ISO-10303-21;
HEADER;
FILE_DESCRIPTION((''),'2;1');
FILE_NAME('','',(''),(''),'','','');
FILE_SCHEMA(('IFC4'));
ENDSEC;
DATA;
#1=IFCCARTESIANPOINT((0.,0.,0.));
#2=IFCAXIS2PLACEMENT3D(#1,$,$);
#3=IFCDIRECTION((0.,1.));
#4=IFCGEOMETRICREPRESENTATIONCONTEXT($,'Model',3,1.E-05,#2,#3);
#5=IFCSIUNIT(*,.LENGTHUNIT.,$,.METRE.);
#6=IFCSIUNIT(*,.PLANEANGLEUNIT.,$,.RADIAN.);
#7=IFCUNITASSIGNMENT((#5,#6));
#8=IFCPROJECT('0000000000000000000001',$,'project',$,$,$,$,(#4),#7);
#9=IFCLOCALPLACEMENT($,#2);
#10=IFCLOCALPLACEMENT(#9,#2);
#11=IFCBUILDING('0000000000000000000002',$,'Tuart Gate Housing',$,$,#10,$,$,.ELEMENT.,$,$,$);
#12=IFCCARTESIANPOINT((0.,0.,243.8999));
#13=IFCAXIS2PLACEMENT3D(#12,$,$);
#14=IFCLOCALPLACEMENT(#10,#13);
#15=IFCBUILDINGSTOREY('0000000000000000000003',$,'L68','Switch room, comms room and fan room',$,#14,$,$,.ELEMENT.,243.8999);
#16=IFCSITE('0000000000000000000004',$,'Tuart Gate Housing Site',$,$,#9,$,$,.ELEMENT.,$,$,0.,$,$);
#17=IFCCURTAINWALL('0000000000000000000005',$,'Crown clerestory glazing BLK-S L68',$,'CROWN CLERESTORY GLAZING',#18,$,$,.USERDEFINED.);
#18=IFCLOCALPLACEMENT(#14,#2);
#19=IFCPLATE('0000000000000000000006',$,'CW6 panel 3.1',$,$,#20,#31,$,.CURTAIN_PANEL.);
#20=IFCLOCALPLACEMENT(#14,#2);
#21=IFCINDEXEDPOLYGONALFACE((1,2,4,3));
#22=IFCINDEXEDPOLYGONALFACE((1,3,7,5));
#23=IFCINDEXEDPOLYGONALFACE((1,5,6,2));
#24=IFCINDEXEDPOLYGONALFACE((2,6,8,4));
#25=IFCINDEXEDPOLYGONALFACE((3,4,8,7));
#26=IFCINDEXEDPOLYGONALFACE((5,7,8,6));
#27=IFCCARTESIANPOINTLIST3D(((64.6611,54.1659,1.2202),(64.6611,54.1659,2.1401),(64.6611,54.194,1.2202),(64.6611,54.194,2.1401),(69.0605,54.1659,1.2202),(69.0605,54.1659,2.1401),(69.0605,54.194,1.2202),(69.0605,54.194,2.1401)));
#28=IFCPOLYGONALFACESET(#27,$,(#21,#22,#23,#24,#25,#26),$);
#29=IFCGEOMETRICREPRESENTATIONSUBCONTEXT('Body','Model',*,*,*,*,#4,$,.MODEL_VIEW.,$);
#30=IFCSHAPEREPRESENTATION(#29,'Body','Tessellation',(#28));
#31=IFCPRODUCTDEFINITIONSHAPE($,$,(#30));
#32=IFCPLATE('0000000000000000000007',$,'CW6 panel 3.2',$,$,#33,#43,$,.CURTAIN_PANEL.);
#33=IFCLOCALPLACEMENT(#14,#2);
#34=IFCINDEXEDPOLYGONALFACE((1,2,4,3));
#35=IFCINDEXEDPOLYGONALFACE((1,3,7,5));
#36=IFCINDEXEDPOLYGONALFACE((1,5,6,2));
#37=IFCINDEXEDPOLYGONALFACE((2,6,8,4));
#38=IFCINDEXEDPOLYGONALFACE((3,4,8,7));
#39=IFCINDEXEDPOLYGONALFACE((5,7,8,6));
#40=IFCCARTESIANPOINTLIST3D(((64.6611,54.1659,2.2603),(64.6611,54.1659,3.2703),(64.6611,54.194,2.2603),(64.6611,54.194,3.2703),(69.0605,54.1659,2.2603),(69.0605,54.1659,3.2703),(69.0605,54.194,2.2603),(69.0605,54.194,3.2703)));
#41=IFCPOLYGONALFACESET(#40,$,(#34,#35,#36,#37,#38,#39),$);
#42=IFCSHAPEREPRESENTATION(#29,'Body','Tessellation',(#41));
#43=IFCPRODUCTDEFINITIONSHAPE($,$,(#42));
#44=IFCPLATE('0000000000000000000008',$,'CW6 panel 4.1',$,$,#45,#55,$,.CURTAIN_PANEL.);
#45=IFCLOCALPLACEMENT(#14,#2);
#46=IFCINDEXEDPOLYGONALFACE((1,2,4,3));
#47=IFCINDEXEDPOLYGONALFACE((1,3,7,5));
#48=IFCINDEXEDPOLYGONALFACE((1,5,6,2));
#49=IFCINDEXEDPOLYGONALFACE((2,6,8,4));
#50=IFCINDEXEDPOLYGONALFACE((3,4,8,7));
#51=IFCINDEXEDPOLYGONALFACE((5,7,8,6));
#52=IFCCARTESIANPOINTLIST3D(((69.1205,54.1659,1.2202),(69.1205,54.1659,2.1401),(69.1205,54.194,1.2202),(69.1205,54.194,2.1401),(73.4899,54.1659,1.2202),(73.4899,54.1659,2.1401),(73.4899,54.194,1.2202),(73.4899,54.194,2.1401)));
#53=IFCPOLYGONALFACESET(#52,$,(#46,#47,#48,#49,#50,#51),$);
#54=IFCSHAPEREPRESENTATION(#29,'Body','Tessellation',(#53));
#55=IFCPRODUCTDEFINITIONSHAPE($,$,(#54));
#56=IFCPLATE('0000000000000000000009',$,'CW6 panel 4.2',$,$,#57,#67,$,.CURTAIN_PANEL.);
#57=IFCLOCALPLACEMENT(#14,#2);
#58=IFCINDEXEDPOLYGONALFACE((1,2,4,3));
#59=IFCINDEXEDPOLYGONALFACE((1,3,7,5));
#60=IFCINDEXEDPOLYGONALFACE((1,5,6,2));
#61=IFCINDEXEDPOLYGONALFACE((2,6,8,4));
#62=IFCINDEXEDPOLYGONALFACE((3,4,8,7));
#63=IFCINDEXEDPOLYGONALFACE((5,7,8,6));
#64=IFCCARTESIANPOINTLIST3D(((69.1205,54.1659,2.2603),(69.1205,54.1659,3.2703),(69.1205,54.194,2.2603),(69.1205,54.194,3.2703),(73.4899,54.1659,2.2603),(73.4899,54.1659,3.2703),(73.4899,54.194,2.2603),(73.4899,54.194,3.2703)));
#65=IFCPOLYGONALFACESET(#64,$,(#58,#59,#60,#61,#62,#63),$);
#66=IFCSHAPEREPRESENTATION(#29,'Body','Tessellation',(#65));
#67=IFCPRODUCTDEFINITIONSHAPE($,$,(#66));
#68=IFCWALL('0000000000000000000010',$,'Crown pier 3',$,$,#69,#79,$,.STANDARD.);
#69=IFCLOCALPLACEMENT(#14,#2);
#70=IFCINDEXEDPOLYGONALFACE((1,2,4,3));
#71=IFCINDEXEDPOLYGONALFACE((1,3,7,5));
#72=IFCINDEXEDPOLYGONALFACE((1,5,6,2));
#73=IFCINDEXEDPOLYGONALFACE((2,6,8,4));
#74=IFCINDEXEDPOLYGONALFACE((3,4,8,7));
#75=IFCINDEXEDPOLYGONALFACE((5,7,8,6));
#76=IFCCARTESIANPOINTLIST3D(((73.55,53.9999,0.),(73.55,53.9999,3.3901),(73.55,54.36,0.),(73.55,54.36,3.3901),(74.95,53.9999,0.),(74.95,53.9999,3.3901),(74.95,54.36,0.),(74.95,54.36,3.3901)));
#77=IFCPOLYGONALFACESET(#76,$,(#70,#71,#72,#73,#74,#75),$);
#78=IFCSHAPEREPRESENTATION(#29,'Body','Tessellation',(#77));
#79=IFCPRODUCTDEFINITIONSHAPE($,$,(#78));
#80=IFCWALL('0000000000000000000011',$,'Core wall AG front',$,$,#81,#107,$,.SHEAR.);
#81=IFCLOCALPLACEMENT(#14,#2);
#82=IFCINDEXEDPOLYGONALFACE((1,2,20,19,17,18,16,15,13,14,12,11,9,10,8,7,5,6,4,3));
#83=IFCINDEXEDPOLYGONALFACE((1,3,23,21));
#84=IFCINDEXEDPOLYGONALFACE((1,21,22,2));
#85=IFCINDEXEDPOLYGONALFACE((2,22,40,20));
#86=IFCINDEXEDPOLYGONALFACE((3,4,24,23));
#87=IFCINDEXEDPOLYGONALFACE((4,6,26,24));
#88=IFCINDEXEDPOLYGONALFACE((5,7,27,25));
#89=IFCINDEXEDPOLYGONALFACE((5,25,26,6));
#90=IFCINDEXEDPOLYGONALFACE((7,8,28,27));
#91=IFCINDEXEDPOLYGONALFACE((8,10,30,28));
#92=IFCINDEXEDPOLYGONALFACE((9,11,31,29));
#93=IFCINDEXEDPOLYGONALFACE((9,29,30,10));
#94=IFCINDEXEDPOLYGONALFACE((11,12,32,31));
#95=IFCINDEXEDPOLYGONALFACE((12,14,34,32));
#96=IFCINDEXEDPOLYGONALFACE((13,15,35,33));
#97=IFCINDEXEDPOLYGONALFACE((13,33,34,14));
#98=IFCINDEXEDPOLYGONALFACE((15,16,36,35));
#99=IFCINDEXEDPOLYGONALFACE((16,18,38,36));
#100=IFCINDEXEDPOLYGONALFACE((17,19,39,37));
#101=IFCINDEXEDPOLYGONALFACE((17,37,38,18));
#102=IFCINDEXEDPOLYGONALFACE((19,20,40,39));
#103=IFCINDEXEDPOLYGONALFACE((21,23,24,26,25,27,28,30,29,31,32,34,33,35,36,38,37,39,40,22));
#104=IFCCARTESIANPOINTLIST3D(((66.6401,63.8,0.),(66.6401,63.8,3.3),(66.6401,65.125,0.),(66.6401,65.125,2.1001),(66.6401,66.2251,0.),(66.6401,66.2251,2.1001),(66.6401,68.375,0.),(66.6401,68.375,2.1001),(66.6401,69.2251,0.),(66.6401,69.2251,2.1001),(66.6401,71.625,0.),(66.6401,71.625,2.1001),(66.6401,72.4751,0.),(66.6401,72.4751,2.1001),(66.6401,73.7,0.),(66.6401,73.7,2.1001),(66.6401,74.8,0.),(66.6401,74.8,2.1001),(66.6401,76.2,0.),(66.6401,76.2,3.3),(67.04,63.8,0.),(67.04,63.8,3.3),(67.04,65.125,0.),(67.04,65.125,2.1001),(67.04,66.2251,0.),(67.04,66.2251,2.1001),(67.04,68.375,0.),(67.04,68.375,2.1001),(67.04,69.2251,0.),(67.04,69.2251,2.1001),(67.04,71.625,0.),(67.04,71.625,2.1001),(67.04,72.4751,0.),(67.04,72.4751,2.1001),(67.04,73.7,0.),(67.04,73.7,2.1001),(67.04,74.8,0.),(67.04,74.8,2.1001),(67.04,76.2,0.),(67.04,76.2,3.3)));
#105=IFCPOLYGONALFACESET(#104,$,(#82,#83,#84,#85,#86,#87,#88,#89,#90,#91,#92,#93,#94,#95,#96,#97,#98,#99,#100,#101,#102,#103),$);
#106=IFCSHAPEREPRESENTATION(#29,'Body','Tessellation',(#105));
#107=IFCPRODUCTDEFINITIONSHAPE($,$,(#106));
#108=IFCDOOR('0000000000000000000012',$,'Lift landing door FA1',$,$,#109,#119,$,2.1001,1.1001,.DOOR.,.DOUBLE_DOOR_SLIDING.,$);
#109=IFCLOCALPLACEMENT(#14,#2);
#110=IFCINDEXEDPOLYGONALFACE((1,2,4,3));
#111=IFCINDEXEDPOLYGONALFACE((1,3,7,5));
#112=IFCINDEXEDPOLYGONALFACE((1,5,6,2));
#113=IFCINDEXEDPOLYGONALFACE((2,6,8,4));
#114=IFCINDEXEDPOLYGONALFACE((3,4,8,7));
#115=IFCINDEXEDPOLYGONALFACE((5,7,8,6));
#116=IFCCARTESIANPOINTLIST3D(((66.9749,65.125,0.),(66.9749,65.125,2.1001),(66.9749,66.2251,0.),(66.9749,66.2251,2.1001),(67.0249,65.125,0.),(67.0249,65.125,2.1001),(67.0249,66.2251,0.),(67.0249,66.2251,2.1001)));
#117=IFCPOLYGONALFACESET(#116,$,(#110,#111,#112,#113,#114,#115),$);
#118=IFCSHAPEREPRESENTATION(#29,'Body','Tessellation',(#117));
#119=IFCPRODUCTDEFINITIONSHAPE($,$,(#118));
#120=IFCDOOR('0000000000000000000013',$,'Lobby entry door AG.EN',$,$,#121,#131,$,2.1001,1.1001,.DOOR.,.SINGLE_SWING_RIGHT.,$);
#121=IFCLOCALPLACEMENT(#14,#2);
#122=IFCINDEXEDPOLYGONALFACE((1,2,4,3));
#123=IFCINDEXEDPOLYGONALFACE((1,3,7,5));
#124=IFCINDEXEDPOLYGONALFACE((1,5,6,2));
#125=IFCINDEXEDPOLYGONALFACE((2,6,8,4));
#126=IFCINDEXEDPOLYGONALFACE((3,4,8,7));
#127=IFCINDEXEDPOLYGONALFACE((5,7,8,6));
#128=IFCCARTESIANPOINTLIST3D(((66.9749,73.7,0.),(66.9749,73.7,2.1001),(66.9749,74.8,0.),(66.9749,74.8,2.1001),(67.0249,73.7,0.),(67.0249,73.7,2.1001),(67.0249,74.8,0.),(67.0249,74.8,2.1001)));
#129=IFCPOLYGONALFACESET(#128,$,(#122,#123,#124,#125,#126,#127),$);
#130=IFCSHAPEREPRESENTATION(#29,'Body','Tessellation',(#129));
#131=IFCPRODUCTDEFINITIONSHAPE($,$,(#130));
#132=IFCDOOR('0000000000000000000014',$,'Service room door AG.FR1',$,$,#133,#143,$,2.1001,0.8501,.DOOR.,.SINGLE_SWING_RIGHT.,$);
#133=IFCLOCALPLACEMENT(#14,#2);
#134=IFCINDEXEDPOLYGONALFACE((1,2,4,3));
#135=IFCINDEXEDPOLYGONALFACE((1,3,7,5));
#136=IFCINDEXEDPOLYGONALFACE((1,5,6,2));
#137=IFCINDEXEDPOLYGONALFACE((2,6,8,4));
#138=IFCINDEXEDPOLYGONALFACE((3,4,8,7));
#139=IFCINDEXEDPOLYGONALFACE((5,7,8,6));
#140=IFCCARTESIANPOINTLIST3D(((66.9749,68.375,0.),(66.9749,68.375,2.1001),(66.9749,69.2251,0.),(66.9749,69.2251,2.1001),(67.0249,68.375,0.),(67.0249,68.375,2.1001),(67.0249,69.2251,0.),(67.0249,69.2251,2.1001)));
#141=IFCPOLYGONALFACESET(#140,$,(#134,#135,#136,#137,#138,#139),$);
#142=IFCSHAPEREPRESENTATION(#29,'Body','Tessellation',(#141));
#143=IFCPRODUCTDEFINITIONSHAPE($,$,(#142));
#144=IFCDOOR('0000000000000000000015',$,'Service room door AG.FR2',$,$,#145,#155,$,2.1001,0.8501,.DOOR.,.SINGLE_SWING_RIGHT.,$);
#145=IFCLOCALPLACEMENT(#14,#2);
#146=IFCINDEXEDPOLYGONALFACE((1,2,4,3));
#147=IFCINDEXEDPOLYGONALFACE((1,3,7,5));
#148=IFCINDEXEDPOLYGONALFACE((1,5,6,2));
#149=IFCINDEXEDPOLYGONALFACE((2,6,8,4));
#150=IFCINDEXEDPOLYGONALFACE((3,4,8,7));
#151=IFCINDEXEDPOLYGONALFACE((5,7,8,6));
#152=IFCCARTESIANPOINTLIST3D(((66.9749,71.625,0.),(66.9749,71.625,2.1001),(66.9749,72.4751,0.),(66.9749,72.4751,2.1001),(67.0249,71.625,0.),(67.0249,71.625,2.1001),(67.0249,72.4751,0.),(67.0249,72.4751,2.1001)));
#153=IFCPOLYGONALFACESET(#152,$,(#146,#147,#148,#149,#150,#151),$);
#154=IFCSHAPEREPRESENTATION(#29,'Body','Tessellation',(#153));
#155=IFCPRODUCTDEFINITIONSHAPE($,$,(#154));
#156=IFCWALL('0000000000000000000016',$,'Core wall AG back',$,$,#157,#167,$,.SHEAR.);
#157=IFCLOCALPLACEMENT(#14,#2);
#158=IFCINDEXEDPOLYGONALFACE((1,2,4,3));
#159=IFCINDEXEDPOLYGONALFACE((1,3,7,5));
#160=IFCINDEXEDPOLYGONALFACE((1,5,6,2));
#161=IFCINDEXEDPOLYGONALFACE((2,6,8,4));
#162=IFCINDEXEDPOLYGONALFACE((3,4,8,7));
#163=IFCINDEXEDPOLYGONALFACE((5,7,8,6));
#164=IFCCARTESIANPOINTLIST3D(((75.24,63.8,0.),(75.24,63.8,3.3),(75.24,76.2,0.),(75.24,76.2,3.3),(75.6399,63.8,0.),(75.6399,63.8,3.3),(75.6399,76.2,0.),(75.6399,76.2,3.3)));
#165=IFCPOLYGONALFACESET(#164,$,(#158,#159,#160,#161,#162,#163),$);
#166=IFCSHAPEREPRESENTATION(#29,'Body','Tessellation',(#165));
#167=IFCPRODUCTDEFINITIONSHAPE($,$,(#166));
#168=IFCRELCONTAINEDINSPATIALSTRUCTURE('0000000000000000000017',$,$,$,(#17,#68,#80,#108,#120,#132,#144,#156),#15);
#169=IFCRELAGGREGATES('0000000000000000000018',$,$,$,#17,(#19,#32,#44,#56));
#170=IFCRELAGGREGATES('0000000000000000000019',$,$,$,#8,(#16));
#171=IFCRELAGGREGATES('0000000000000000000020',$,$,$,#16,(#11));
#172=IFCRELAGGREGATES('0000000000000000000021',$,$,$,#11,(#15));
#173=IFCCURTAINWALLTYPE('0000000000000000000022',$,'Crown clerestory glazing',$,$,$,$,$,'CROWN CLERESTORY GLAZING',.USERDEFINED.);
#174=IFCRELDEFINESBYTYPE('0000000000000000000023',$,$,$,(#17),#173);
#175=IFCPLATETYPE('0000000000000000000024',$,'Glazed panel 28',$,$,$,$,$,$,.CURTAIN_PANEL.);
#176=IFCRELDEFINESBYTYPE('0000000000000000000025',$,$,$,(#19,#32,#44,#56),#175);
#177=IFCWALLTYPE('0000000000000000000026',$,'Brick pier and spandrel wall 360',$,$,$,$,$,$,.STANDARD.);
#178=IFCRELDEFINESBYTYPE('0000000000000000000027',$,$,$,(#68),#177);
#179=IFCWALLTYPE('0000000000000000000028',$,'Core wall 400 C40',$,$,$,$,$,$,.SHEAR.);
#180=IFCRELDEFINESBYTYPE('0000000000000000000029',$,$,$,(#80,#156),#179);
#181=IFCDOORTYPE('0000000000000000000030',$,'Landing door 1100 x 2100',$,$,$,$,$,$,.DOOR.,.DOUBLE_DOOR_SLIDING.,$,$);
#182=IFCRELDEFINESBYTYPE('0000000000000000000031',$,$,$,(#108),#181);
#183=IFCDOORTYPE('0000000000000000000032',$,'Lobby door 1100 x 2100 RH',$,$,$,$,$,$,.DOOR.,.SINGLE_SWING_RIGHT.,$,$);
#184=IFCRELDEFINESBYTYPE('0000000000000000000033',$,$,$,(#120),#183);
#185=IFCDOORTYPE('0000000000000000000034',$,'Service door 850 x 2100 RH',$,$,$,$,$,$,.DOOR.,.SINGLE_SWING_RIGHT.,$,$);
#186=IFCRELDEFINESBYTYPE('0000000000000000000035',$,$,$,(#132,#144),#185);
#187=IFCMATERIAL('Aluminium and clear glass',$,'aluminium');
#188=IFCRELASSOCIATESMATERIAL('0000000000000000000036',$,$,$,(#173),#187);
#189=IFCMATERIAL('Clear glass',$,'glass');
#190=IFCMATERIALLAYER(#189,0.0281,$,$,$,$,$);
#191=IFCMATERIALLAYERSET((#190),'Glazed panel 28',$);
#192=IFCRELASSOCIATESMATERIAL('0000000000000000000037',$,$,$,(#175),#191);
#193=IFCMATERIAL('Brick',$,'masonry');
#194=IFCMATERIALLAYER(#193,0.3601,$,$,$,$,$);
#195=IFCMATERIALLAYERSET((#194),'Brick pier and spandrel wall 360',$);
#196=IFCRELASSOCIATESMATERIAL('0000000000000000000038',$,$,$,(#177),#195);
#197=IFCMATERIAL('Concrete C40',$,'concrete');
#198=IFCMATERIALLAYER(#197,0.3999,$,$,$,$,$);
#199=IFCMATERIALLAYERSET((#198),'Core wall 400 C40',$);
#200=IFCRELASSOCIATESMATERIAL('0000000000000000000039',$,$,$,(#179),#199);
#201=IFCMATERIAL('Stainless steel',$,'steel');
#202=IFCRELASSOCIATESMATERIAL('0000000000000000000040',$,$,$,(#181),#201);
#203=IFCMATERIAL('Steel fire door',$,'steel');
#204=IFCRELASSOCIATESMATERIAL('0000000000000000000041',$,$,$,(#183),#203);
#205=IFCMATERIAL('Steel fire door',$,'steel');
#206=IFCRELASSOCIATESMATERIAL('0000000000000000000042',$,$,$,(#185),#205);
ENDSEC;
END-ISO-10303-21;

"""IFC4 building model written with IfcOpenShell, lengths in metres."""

from ifc_helpers import new_model, si_unit, direction, frame, frame_2d, origin, origin_2d, place, context, subcontext, project, spatial, rectangle, extrude, material, layer, layer_set, type_object, element, fill, aggregate, save


model = new_model("IFC4")

# Units and contexts
model_context = context("Model", 3, precision=1e-05, world=origin(), true_north=direction((0.0, 1.0)))
body_context = subcontext(model_context, "Body", "Model", "MODEL_VIEW")
ifc_project = project(units=[si_unit("LENGTHUNIT", "METRE"), si_unit("PLANEANGLEUNIT", "RADIAN")], contexts=[model_context])

# Site, building, storey
site_placement = place(None, origin())
site = spatial("IfcSite", under=ifc_project, at=site_placement, Name="Tuart Gate Housing Site", CompositionType="ELEMENT", RefElevation=0.0)
building_placement = place(site_placement, origin())
building = spatial("IfcBuilding", under=site, at=building_placement, Name="Tuart Gate Housing", CompositionType="ELEMENT")
storey_placement = place(building_placement, frame((0.0, 0.0, 243.8999)))
storey = spatial("IfcBuildingStorey", under=building, at=storey_placement, Name="L68", Description="Switch room, comms room and fan room", CompositionType="ELEMENT", Elevation=243.8999)

# Curtain wall, plates
ifc_material_1 = material(Name="Aluminium and clear glass", Category="aluminium")
curtain_wall_type = type_object("IfcCurtainWallType", Name="Crown clerestory glazing", ElementType="CROWN CLERESTORY GLAZING", PredefinedType="USERDEFINED", material=ifc_material_1)
curtain_wall_placement = place(storey_placement, origin())
curtain_wall = element("IfcCurtainWall", 1, at=curtain_wall_placement, inside=storey, type_object=curtain_wall_type, Name="Crown clerestory glazing BLK-S L68", ObjectType="CROWN CLERESTORY GLAZING", PredefinedType="USERDEFINED")
ifc_material_2 = material(Name="Clear glass", Category="glass")
ifc_layer_1 = layer(ifc_material_2, 0.0281)
ifc_layer_set_1 = layer_set([ifc_layer_1], Name="Glazed panel 28")
plate_type = type_object("IfcPlateType", Name="Glazed panel 28", PredefinedType="CURTAIN_PANEL", material=ifc_layer_set_1)
plate_1_placement = place(storey_placement, frame((66.8608, 54.1799, 1.2202), z_axis=(0.0, 0.0, 1.0), x_axis=(1.0, 0.0, 0.0)))
plate_1 = element("IfcPlate", 2, at=plate_1_placement, type_object=plate_type, Name="CW6 panel 3.1", PredefinedType="CURTAIN_PANEL", context=body_context, shape_type="SweptSolid", body=[
    extrude(rectangle(XDim=4.3994, YDim=0.0281, at=origin_2d()), origin(), (0.0, 0.0, 1.0), 0.9199),
])
plate_2_placement = place(storey_placement, frame((66.8608, 54.1799, 2.2603), z_axis=(0.0, 0.0, 1.0), x_axis=(1.0, 0.0, 0.0)))
plate_2 = element("IfcPlate", 3, at=plate_2_placement, type_object=plate_type, Name="CW6 panel 3.2", PredefinedType="CURTAIN_PANEL", context=body_context, shape_type="SweptSolid", body=[
    extrude(rectangle(XDim=4.3994, YDim=0.0281, at=origin_2d()), origin(), (0.0, 0.0, 1.0), 1.01),
])
plate_3_placement = place(storey_placement, frame((71.3052, 54.1799, 1.2202), z_axis=(0.0, 0.0, 1.0), x_axis=(1.0, 0.0, 0.0)))
plate_3 = element("IfcPlate", 4, at=plate_3_placement, type_object=plate_type, Name="CW6 panel 4.1", PredefinedType="CURTAIN_PANEL", context=body_context, shape_type="SweptSolid", body=[
    extrude(rectangle(XDim=4.3694, YDim=0.0281, at=origin_2d()), origin(), (0.0, 0.0, 1.0), 0.9199),
])
plate_4_placement = place(storey_placement, frame((71.3052, 54.1799, 2.2603), z_axis=(0.0, 0.0, 1.0), x_axis=(1.0, 0.0, 0.0)))
plate_4 = element("IfcPlate", 5, at=plate_4_placement, type_object=plate_type, Name="CW6 panel 4.2", PredefinedType="CURTAIN_PANEL", context=body_context, shape_type="SweptSolid", body=[
    extrude(rectangle(XDim=4.3694, YDim=0.0281, at=origin_2d()), origin(), (0.0, 0.0, 1.0), 1.01),
])
aggregate(curtain_wall, [plate_1, plate_2, plate_3, plate_4])

# Wall
ifc_material_3 = material(Name="Brick", Category="masonry")
ifc_layer_2 = layer(ifc_material_3, 0.3601)
ifc_layer_set_2 = layer_set([ifc_layer_2], Name="Brick pier and spandrel wall 360")
wall_type_1 = type_object("IfcWallType", Name="Brick pier and spandrel wall 360", PredefinedType="STANDARD", material=ifc_layer_set_2)
wall_1_placement = place(storey_placement, frame((73.55, 54.1799, 0.0), z_axis=(0.0, 0.0, 1.0), x_axis=(1.0, 0.0, 0.0)))
element("IfcWall", 6, at=wall_1_placement, inside=storey, type_object=wall_type_1, Name="Crown pier 3", PredefinedType="STANDARD", context=body_context, shape_type="SweptSolid", body=[
    extrude(rectangle(XDim=1.3999, YDim=0.3601, at=frame_2d((0.7, 0.0))), origin(), (0.0, 0.0, 1.0), 3.3901),
])

# Wall, openings, doors
ifc_material_4 = material(Name="Concrete C40", Category="concrete")
ifc_layer_3 = layer(ifc_material_4, 0.3999)
ifc_layer_set_3 = layer_set([ifc_layer_3], Name="Core wall 400 C40")
wall_type_2 = type_object("IfcWallType", Name="Core wall 400 C40", PredefinedType="SHEAR", material=ifc_layer_set_3)
wall_2_placement = place(storey_placement, frame((66.8401, 63.8, 0.0), z_axis=(0.0, 0.0, 1.0), x_axis=(0.0, 1.0, 0.0)))
wall_2 = element("IfcWall", 7, at=wall_2_placement, inside=storey, type_object=wall_type_2, Name="Core wall AG front", PredefinedType="SHEAR", context=body_context, shape_type="SweptSolid", body=[
    extrude(rectangle(XDim=12.3999, YDim=0.3999, at=frame_2d((6.2, 0.0))), origin(), (0.0, 0.0, 1.0), 3.3),
])
opening_1_placement = place(wall_2_placement, frame((1.325, 0.0, 0.0)))
opening_1 = element("IfcOpeningElement", 8, at=opening_1_placement, cuts=wall_2, PredefinedType="OPENING", context=body_context, shape_type="SweptSolid", body=[
    extrude(rectangle(XDim=1.1001, YDim=2.1001, at=frame_2d((0.55, 1.05))), frame((0.0, 0.21, 0.0), z_axis=(0.0, -1.0, 0.0), x_axis=(1.0, 0.0, 0.0)), (0.0, 0.0, 1.0), 0.4199),
])
opening_2_placement = place(wall_2_placement, frame((4.575, 0.0, 0.0)))
opening_2 = element("IfcOpeningElement", 9, at=opening_2_placement, cuts=wall_2, PredefinedType="OPENING", context=body_context, shape_type="SweptSolid", body=[
    extrude(rectangle(XDim=0.8501, YDim=2.1001, at=frame_2d((0.425, 1.05))), frame((0.0, 0.21, 0.0), z_axis=(0.0, -1.0, 0.0), x_axis=(1.0, 0.0, 0.0)), (0.0, 0.0, 1.0), 0.4199),
])
opening_3_placement = place(wall_2_placement, frame((7.825, 0.0, 0.0)))
opening_3 = element("IfcOpeningElement", 10, at=opening_3_placement, cuts=wall_2, PredefinedType="OPENING", context=body_context, shape_type="SweptSolid", body=[
    extrude(rectangle(XDim=0.8501, YDim=2.1001, at=frame_2d((0.425, 1.05))), frame((0.0, 0.21, 0.0), z_axis=(0.0, -1.0, 0.0), x_axis=(1.0, 0.0, 0.0)), (0.0, 0.0, 1.0), 0.4199),
])
opening_4_placement = place(wall_2_placement, frame((9.8999, 0.0, 0.0)))
opening_4 = element("IfcOpeningElement", 11, at=opening_4_placement, cuts=wall_2, PredefinedType="OPENING", context=body_context, shape_type="SweptSolid", body=[
    extrude(rectangle(XDim=1.1001, YDim=2.1001, at=frame_2d((0.55, 1.05))), frame((0.0, 0.21, 0.0), z_axis=(0.0, -1.0, 0.0), x_axis=(1.0, 0.0, 0.0)), (0.0, 0.0, 1.0), 0.4199),
])
ifc_material_5 = material(Name="Stainless steel", Category="steel")
door_type_1 = type_object("IfcDoorType", Name="Landing door 1100 x 2100", OperationType="DOUBLE_DOOR_SLIDING", PredefinedType="DOOR", material=ifc_material_5)
door_1_placement = place(opening_1_placement, origin())
door_1 = element("IfcDoor", 12, at=door_1_placement, inside=storey, type_object=door_type_1, Name="Lift landing door FA1", OperationType="DOUBLE_DOOR_SLIDING", OverallHeight=2.1001, OverallWidth=1.1001, PredefinedType="DOOR", context=body_context, shape_type="SweptSolid", body=[
    extrude(rectangle(XDim=1.1001, YDim=2.1001, at=frame_2d((0.55, 1.05))), frame((0.0, -0.1348, 0.0), z_axis=(0.0, -1.0, 0.0), x_axis=(1.0, 0.0, 0.0)), (0.0, 0.0, 1.0), 0.05),
])
fill(opening_1, door_1)
ifc_material_6 = material(Name="Steel fire door", Category="steel")
door_type_2 = type_object("IfcDoorType", Name="Lobby door 1100 x 2100 RH", OperationType="SINGLE_SWING_RIGHT", PredefinedType="DOOR", material=ifc_material_6)
door_2_placement = place(opening_4_placement, frame((1.1001, 0.0, 0.0), z_axis=(0.0, 0.0, 1.0), x_axis=(-1.0, 0.0, 0.0)))
door_2 = element("IfcDoor", 13, at=door_2_placement, inside=storey, type_object=door_type_2, Name="Lobby entry door AG.EN", OperationType="SINGLE_SWING_RIGHT", OverallHeight=2.1001, OverallWidth=1.1001, PredefinedType="DOOR", context=body_context, shape_type="SweptSolid", body=[
    extrude(rectangle(XDim=1.1001, YDim=2.1001, at=frame_2d((0.55, 1.05))), frame((0.0, 0.1848, 0.0), z_axis=(0.0, -1.0, 0.0), x_axis=(1.0, 0.0, 0.0)), (0.0, 0.0, 1.0), 0.05),
])
fill(opening_4, door_2)
ifc_material_7 = material(Name="Steel fire door", Category="steel")
door_type_3 = type_object("IfcDoorType", Name="Service door 850 x 2100 RH", OperationType="SINGLE_SWING_RIGHT", PredefinedType="DOOR", material=ifc_material_7)
door_3_placement = place(opening_2_placement, frame((0.8501, 0.0, 0.0), z_axis=(0.0, 0.0, 1.0), x_axis=(-1.0, 0.0, 0.0)))
door_3 = element("IfcDoor", 14, at=door_3_placement, inside=storey, type_object=door_type_3, Name="Service room door AG.FR1", OperationType="SINGLE_SWING_RIGHT", OverallHeight=2.1001, OverallWidth=0.8501, PredefinedType="DOOR", context=body_context, shape_type="SweptSolid", body=[
    extrude(rectangle(XDim=0.8501, YDim=2.1001, at=frame_2d((0.425, 1.05))), frame((0.0, 0.1848, 0.0), z_axis=(0.0, -1.0, 0.0), x_axis=(1.0, 0.0, 0.0)), (0.0, 0.0, 1.0), 0.05),
])
fill(opening_2, door_3)
door_4_placement = place(opening_3_placement, frame((0.8501, 0.0, 0.0), z_axis=(0.0, 0.0, 1.0), x_axis=(-1.0, 0.0, 0.0)))
door_4 = element("IfcDoor", 15, at=door_4_placement, inside=storey, type_object=door_type_3, Name="Service room door AG.FR2", OperationType="SINGLE_SWING_RIGHT", OverallHeight=2.1001, OverallWidth=0.8501, PredefinedType="DOOR", context=body_context, shape_type="SweptSolid", body=[
    extrude(rectangle(XDim=0.8501, YDim=2.1001, at=frame_2d((0.425, 1.05))), frame((0.0, 0.1848, 0.0), z_axis=(0.0, -1.0, 0.0), x_axis=(1.0, 0.0, 0.0)), (0.0, 0.0, 1.0), 0.05),
])
fill(opening_3, door_4)

# Wall
wall_3_placement = place(storey_placement, frame((75.4399, 63.8, 0.0), z_axis=(0.0, 0.0, 1.0), x_axis=(0.0, 1.0, 0.0)))
element("IfcWall", 16, at=wall_3_placement, inside=storey, type_object=wall_type_2, Name="Core wall AG back", PredefinedType="SHEAR", context=body_context, shape_type="SweptSolid", body=[
    extrude(rectangle(XDim=12.3999, YDim=0.3999, at=frame_2d((6.2, 0.0))), origin(), (0.0, 0.0, 1.0), 3.3),
])

save(model, "model.ifc")
